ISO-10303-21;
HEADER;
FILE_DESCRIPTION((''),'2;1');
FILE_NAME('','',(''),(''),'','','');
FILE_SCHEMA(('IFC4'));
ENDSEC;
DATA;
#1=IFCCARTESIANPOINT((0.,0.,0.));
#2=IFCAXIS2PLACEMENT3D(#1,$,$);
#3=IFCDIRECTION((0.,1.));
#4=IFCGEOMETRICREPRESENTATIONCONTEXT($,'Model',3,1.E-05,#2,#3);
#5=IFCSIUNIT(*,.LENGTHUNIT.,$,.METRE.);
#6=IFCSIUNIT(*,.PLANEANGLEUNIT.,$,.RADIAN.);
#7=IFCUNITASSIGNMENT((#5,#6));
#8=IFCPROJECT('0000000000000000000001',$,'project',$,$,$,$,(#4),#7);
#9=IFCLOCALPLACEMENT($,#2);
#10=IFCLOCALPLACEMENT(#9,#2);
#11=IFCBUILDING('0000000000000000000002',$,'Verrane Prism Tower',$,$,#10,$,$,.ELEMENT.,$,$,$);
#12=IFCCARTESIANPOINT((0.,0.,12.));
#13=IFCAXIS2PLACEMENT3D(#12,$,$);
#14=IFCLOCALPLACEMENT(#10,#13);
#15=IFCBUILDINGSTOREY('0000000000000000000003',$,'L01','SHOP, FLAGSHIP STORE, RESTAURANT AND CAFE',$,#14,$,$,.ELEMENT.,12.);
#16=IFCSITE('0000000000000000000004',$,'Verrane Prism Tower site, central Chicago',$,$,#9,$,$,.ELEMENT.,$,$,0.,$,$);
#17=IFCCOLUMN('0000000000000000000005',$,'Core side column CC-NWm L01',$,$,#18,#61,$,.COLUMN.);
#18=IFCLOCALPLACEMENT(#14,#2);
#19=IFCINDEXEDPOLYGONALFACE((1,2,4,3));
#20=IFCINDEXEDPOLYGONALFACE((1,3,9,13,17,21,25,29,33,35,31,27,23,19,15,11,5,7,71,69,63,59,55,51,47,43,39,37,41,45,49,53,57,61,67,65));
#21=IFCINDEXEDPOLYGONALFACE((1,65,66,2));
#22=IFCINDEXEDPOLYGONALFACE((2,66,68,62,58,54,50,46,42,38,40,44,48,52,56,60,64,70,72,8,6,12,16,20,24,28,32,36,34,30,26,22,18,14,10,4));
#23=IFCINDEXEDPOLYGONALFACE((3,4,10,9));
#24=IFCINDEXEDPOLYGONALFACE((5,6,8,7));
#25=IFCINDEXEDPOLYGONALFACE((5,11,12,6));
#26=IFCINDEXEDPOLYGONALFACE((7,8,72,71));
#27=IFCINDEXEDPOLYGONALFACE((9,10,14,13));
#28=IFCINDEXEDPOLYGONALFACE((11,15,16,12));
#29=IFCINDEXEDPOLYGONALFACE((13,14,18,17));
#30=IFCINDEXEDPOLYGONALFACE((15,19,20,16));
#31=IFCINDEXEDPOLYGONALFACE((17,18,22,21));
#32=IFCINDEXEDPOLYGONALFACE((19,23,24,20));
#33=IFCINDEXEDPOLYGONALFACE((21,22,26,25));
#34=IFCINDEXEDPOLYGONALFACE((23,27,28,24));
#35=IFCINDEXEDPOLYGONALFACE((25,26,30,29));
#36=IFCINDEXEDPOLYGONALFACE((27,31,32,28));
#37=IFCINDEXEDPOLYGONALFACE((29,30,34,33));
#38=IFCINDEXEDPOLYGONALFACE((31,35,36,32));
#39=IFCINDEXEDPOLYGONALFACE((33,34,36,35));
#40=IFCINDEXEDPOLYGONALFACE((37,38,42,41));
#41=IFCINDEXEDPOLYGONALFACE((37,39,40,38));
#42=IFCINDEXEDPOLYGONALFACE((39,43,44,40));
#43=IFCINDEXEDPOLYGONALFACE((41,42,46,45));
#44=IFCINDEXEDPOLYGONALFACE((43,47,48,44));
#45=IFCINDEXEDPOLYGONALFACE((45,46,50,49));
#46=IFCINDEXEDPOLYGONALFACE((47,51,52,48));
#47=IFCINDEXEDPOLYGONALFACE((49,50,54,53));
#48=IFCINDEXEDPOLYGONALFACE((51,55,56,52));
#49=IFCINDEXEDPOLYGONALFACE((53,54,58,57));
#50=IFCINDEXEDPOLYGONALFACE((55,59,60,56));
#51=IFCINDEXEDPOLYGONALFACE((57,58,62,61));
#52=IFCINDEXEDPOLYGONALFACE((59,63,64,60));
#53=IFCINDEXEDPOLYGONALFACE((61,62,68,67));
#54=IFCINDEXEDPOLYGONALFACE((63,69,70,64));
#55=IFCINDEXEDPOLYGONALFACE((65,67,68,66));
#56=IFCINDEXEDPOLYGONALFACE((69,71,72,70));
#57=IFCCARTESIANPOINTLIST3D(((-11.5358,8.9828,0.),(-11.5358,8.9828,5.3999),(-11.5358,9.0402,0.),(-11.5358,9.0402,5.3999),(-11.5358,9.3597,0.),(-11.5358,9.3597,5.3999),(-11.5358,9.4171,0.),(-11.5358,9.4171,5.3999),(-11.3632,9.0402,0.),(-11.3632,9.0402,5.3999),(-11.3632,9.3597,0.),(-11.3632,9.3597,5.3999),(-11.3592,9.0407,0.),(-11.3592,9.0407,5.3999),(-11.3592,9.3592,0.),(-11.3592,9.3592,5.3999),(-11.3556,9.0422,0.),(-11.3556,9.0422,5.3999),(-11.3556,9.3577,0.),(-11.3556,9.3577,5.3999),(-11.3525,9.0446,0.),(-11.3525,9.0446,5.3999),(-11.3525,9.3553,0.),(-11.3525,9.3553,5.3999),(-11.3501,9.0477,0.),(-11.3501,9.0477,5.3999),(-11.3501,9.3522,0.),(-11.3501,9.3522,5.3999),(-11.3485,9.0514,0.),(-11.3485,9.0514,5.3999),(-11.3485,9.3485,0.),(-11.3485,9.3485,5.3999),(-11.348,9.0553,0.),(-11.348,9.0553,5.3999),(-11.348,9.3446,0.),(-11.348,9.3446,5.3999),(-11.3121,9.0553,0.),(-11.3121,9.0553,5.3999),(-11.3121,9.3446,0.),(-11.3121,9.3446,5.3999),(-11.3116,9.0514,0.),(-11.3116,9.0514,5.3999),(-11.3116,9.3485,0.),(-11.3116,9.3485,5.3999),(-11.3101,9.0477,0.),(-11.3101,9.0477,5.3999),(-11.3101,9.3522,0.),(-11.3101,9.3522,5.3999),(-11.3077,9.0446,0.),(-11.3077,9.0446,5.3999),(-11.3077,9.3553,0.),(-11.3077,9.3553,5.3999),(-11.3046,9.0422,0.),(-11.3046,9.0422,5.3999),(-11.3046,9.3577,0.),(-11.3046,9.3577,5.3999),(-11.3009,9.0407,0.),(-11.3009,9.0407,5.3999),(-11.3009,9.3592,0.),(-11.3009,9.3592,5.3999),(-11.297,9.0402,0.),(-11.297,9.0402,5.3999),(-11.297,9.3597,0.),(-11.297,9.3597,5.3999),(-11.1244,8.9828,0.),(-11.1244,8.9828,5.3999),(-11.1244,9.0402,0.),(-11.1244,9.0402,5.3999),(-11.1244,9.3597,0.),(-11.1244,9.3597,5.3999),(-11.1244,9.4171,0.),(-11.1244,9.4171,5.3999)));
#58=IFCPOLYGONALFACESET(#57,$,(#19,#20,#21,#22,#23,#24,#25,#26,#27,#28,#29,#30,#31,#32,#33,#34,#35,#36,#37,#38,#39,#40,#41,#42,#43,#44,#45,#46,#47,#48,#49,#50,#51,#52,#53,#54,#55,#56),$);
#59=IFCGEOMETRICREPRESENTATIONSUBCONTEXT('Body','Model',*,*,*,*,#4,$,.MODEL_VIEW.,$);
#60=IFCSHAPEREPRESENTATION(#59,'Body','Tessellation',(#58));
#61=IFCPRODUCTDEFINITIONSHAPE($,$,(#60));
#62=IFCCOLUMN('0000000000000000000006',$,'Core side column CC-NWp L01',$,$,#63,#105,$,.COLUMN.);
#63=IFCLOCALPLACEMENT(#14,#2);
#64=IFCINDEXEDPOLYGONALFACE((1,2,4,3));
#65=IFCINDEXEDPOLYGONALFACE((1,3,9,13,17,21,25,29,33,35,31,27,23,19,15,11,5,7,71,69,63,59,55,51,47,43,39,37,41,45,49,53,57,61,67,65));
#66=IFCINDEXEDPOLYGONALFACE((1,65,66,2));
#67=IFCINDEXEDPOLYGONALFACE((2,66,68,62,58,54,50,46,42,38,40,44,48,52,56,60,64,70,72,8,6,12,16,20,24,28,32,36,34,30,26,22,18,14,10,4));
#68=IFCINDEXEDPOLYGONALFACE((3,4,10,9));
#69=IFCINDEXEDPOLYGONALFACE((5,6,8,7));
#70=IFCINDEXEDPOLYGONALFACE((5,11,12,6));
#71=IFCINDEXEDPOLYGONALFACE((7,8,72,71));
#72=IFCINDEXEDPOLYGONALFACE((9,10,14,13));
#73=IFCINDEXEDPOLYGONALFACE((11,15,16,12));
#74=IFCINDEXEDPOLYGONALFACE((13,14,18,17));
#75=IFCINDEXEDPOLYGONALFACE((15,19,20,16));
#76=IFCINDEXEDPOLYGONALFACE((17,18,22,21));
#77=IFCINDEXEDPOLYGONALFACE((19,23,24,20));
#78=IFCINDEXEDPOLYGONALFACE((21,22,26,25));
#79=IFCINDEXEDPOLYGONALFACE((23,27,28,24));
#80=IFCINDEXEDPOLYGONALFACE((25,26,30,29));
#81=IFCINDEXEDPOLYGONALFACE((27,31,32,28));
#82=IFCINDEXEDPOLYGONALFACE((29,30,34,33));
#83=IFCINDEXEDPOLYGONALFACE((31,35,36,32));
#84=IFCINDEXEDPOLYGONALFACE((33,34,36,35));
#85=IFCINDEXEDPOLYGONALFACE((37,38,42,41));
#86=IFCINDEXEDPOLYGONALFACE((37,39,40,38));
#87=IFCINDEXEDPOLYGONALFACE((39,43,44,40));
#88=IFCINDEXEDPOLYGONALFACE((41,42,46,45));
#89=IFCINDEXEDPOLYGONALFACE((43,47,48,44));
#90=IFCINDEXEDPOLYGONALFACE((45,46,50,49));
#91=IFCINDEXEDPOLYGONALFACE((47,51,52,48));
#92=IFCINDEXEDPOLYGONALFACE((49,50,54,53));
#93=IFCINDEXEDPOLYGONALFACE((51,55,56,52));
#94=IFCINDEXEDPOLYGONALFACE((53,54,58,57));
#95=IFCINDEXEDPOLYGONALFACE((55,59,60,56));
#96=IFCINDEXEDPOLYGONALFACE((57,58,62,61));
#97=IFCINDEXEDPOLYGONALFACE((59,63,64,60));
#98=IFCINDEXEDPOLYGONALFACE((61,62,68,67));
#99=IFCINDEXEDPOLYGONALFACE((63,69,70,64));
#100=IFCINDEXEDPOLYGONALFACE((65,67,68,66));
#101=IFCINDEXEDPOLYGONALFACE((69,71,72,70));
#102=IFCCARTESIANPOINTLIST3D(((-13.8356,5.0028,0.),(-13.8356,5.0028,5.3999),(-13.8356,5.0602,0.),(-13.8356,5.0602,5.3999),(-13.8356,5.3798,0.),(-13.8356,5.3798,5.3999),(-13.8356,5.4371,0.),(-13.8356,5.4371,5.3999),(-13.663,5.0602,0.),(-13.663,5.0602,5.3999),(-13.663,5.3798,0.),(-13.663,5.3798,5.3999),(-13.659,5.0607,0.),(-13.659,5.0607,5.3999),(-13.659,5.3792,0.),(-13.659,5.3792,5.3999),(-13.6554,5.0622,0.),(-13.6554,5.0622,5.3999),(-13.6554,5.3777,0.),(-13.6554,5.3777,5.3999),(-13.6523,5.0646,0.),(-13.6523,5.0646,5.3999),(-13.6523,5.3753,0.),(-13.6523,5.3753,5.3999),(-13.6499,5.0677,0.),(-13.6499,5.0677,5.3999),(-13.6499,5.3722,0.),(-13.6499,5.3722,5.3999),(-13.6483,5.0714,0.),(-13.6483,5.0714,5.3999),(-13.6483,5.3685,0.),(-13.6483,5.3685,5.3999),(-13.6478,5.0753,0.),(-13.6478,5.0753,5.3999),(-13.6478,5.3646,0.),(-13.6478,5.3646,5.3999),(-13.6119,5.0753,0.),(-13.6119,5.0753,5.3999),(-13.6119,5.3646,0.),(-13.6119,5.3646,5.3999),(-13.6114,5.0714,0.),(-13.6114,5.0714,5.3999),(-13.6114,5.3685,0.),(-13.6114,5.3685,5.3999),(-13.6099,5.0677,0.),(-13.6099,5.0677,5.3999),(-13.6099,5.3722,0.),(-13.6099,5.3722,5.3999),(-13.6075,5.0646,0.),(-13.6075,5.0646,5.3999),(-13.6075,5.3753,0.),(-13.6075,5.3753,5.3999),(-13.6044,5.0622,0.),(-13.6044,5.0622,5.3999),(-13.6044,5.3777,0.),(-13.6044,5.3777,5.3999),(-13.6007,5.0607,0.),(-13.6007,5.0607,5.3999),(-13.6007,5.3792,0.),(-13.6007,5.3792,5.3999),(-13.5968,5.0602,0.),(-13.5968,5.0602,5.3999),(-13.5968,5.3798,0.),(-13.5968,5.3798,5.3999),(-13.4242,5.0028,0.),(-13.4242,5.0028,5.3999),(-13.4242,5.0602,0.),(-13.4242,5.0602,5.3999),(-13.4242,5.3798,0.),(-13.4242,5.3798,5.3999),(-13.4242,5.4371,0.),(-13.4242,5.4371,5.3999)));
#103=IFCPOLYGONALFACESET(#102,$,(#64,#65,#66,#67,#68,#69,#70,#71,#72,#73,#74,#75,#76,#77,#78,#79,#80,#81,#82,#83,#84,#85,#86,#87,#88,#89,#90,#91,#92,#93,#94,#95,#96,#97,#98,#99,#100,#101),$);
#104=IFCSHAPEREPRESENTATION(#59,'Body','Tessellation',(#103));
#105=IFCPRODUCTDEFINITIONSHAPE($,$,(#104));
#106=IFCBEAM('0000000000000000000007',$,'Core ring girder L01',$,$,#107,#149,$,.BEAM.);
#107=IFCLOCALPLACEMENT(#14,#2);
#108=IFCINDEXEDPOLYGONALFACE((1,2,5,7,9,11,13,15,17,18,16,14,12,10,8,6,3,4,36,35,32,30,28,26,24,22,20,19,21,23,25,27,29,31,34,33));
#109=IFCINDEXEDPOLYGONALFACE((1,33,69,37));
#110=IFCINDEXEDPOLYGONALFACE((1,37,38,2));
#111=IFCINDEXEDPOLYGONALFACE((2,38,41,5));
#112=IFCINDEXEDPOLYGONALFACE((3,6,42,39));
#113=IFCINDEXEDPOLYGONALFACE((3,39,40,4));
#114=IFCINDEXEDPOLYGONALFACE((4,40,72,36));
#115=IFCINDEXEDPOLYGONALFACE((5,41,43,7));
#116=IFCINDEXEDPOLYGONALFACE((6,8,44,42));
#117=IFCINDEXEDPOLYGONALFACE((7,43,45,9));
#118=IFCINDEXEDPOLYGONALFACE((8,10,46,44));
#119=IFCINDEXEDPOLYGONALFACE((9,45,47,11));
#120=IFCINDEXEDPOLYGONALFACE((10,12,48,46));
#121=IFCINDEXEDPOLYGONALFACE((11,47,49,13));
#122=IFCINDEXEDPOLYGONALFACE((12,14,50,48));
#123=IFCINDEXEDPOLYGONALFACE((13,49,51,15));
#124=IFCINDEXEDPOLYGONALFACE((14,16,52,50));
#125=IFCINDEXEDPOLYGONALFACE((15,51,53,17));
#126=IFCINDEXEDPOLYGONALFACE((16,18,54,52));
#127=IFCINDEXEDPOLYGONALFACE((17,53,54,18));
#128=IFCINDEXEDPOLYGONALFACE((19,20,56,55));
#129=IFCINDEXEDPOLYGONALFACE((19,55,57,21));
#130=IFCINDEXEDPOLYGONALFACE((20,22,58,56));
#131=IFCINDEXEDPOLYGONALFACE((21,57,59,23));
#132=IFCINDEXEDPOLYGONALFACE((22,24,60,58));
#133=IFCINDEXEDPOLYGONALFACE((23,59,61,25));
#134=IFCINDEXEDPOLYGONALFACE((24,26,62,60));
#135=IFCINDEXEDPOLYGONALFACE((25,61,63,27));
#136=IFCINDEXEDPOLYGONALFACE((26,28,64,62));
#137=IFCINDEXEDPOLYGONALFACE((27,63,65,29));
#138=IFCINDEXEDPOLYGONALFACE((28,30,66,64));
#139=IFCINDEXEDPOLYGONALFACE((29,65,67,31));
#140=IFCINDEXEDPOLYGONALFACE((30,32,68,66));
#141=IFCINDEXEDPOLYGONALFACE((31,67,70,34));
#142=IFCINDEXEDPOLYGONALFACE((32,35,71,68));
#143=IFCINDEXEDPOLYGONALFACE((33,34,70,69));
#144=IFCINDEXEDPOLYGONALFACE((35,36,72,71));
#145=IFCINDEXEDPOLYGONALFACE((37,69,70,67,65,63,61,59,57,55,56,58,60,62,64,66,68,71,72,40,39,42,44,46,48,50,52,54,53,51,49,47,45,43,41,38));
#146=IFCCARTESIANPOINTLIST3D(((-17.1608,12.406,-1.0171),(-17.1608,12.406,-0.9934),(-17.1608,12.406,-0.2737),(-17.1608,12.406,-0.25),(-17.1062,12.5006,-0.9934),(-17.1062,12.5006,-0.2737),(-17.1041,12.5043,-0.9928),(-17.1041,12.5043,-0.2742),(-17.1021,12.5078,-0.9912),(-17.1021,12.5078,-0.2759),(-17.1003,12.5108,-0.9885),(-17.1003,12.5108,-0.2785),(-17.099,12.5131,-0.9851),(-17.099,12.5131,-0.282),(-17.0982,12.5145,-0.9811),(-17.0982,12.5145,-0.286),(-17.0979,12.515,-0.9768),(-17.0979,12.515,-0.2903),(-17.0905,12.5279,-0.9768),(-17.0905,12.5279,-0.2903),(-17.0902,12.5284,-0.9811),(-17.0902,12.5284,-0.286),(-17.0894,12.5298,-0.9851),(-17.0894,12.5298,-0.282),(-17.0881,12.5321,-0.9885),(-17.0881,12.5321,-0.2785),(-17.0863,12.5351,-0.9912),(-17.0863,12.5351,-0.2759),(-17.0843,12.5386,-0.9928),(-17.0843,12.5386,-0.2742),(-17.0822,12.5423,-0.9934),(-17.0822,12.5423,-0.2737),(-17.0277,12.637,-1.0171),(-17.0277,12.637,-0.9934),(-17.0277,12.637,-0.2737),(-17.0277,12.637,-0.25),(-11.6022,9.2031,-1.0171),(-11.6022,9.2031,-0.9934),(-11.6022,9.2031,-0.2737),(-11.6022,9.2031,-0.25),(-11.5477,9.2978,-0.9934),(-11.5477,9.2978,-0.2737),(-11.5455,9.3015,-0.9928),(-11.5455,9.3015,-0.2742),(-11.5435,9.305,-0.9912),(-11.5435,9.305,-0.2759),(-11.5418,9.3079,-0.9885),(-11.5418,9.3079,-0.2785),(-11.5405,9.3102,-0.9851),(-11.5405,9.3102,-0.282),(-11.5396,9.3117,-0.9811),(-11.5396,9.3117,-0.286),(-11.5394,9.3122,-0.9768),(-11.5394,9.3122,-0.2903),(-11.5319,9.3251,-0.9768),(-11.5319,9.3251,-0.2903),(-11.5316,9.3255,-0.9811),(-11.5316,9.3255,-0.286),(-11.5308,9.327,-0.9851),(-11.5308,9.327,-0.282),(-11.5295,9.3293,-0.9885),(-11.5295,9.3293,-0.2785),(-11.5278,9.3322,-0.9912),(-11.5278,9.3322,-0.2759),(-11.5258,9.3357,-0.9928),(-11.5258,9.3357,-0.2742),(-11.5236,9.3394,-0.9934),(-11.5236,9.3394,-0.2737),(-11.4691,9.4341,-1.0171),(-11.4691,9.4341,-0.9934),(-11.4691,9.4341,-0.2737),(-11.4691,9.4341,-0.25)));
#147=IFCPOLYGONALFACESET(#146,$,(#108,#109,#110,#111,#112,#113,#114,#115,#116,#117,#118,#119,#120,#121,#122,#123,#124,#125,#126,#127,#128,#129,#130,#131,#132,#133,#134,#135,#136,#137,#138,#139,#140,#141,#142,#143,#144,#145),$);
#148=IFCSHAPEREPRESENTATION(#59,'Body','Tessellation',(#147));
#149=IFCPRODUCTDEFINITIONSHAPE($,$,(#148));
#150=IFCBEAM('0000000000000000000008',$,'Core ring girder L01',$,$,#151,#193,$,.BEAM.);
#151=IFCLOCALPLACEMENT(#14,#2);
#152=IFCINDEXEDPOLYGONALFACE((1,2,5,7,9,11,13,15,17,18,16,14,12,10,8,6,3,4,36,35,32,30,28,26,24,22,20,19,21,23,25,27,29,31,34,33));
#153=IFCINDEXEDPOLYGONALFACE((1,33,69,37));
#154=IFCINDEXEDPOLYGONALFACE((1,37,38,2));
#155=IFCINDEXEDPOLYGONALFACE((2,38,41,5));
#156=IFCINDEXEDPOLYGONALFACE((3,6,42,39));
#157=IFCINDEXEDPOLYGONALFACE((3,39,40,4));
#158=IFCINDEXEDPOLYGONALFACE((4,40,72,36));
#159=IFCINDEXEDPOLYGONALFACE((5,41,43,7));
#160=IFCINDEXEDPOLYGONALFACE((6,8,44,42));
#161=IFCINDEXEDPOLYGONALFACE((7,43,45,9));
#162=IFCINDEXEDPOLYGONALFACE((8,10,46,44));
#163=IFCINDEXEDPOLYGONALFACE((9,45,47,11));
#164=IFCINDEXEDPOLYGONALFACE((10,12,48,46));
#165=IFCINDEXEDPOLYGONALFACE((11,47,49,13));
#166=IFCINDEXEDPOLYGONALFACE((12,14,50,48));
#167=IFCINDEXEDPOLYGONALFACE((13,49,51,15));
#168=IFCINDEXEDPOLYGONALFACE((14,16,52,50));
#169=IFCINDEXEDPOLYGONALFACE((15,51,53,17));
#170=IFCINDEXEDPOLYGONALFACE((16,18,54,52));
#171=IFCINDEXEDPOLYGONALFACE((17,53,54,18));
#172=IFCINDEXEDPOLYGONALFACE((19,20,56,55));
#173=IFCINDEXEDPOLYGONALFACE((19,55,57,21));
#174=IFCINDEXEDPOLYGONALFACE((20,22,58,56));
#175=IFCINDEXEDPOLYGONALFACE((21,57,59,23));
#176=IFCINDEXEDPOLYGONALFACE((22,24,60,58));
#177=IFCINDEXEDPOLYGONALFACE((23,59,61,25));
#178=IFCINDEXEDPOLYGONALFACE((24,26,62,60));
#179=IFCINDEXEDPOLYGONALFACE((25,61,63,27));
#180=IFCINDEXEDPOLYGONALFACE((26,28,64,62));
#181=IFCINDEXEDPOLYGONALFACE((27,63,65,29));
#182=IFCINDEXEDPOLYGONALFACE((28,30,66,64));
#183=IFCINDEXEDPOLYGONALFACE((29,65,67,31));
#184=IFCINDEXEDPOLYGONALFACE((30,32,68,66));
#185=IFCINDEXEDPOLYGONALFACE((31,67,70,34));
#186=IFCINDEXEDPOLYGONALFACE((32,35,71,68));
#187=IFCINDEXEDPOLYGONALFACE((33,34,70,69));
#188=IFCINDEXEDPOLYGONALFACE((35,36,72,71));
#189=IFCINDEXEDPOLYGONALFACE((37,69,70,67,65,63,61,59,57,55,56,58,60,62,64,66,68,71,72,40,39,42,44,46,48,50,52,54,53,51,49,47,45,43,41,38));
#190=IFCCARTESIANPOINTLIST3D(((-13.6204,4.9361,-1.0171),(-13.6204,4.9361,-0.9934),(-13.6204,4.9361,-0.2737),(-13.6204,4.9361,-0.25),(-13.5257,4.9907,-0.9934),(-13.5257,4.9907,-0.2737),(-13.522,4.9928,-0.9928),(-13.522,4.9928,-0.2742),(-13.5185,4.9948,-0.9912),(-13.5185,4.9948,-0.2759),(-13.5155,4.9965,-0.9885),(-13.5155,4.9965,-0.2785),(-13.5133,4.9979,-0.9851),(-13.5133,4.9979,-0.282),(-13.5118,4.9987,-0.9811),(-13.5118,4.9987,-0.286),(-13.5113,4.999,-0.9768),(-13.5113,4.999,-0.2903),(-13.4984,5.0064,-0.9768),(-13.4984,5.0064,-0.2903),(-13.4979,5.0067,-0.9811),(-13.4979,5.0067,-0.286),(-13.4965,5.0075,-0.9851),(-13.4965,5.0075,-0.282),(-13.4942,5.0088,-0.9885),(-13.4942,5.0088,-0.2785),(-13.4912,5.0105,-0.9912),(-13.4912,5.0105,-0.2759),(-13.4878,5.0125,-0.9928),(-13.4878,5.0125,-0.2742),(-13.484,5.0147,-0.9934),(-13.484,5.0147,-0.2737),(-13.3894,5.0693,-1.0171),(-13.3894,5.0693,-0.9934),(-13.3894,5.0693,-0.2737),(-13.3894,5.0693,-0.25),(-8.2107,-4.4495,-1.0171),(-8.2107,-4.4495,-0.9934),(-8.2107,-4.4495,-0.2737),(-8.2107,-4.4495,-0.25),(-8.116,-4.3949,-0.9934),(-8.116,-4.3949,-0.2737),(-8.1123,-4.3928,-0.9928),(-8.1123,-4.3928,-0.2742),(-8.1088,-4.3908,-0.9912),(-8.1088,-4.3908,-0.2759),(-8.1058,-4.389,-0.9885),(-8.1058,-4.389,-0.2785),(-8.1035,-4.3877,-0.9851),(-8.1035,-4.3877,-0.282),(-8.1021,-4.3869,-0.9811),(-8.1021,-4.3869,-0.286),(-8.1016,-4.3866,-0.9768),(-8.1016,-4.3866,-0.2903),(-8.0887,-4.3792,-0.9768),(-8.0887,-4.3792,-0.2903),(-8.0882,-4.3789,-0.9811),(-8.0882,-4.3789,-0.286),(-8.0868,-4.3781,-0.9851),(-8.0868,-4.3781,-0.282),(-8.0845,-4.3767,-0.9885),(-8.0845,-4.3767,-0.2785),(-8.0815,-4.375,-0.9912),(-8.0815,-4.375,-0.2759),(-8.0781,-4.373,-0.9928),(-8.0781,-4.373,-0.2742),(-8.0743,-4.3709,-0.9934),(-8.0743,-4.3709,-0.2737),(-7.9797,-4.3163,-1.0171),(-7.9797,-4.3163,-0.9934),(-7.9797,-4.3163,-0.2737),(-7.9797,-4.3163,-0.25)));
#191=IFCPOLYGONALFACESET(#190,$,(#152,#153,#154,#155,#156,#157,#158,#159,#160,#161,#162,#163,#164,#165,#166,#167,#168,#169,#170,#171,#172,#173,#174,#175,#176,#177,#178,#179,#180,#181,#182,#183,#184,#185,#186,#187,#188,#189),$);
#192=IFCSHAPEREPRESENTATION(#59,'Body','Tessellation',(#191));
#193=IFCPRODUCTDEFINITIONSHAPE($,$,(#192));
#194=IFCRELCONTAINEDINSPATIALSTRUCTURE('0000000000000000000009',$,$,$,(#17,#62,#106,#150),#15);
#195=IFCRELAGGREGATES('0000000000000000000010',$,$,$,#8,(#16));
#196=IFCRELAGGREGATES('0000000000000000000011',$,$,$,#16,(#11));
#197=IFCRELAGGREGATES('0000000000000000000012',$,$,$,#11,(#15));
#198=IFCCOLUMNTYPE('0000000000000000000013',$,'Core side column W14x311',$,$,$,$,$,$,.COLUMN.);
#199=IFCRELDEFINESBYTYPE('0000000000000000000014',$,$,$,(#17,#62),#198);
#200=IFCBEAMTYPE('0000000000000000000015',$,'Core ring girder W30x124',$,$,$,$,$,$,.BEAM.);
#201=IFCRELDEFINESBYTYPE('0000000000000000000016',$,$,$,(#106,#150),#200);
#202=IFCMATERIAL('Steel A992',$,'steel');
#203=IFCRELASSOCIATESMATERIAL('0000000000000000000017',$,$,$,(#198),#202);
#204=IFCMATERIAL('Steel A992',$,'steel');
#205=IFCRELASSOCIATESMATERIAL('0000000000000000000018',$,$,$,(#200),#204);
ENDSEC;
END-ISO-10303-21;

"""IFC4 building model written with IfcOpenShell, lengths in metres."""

from ifc_helpers import new_model, si_unit, direction, frame, origin, origin_2d, place, context, subcontext, project, spatial, i_section, extrude, material, material_profile, profile_set, type_object, element, save


model = new_model("IFC4")

# Units and contexts
model_context = context("Model", 3, precision=1e-05, world=origin(), true_north=direction((0.0, 1.0)))
body_context = subcontext(model_context, "Body", "Model", "MODEL_VIEW")
ifc_project = project(units=[si_unit("LENGTHUNIT", "METRE"), si_unit("PLANEANGLEUNIT", "RADIAN")], contexts=[model_context])

# Site, building, storey
site_placement = place(None, origin())
site = spatial("IfcSite", under=ifc_project, at=site_placement, Name="Verrane Prism Tower site, central Chicago", CompositionType="ELEMENT", RefElevation=0.0)
building_placement = place(site_placement, origin())
building = spatial("IfcBuilding", under=site, at=building_placement, Name="Verrane Prism Tower", CompositionType="ELEMENT")
storey_placement = place(building_placement, frame((0.0, 0.0, 12.0)))
storey = spatial("IfcBuildingStorey", under=building, at=storey_placement, Name="L01", Description="SHOP, FLAGSHIP STORE, RESTAURANT AND CAFE", CompositionType="ELEMENT", Elevation=12.0)

# Columns
ifc_material_1 = material(Name="Steel A992", Category="steel")
ifc_material_profile_1 = material_profile(ifc_material_1, i_section(OverallWidth=0.4114, OverallDepth=0.4343, WebThickness=0.0359, FlangeThickness=0.0574, FilletRadius=0.0151, at=origin_2d()), Name="W14x311")
ifc_profile_set_1 = profile_set([ifc_material_profile_1], Name="Steel A992")
column_type = type_object("IfcColumnType", Name="Core side column W14x311", PredefinedType="COLUMN", material=ifc_profile_set_1)
for number, where, z_axis, x_axis, name in (
    (1, (-11.3301, 9.2, 0.0), (0.0, 0.0, 1.0), (1.0, 0.0, 0.0), "Core side column CC-NWm L01"),
    (2, (-13.6299, 5.22, 0.0), (0.0, 0.0, 1.0), (1.0, 0.0, 0.0), "Core side column CC-NWp L01"),
):
    element("IfcColumn", number, at=place(storey_placement, frame(where, z_axis=z_axis, x_axis=x_axis)), inside=storey, type_object=column_type, Name=name, PredefinedType="COLUMN", context=body_context, shape_type="SweptSolid", body=[
        extrude(i_section(OverallWidth=0.4114, OverallDepth=0.4343, WebThickness=0.0359, FlangeThickness=0.0574, FilletRadius=0.0151, at=origin_2d()), origin(), (0.0, 0.0, 1.0), 5.3999),
    ])

# Beams
ifc_material_2 = material(Name="Steel A992", Category="steel")
ifc_material_profile_2 = material_profile(ifc_material_2, i_section(OverallWidth=0.2666, OverallDepth=0.7671, WebThickness=0.0149, FlangeThickness=0.0237, FilletRadius=0.0166, at=origin_2d()), Name="W30x124")
ifc_profile_set_2 = profile_set([ifc_material_profile_2], Name="Steel A992")
beam_type_1 = type_object("IfcBeamType", Name="Core ring girder W30x124", PredefinedType="BEAM", material=ifc_profile_set_2)
beam_1_placement = place(storey_placement, frame((-11.5356, 9.3186, -0.6335), z_axis=(-0.866455, 0.499255, 0.0), x_axis=(-0.499255, -0.866455, 0.0)))
element("IfcBeam", 3, at=beam_1_placement, inside=storey, type_object=beam_type_1, Name="Core ring girder L01", PredefinedType="BEAM", context=body_context, shape_type="SweptSolid", body=[
    extrude(i_section(OverallWidth=0.2666, OverallDepth=0.7671, WebThickness=0.0149, FlangeThickness=0.0237, FilletRadius=0.0166, at=origin_2d()), origin(), (0.0, 0.0, 1.0), 6.4153),
])
beam_2_placement = place(storey_placement, frame((-13.5049, 5.0027, -0.6335), z_axis=(0.499373, -0.866387, 0.0), x_axis=(0.866387, 0.499373, 0.0)))
element("IfcBeam", 4, at=beam_2_placement, inside=storey, type_object=beam_type_1, Name="Core ring girder L01", PredefinedType="BEAM", context=body_context, shape_type="SweptSolid", body=[
    extrude(i_section(OverallWidth=0.2666, OverallDepth=0.7671, WebThickness=0.0149, FlangeThickness=0.0237, FilletRadius=0.0166, at=origin_2d()), origin(), (0.0, 0.0, 1.0), 10.833),
])

save(model, "model.ifc")
